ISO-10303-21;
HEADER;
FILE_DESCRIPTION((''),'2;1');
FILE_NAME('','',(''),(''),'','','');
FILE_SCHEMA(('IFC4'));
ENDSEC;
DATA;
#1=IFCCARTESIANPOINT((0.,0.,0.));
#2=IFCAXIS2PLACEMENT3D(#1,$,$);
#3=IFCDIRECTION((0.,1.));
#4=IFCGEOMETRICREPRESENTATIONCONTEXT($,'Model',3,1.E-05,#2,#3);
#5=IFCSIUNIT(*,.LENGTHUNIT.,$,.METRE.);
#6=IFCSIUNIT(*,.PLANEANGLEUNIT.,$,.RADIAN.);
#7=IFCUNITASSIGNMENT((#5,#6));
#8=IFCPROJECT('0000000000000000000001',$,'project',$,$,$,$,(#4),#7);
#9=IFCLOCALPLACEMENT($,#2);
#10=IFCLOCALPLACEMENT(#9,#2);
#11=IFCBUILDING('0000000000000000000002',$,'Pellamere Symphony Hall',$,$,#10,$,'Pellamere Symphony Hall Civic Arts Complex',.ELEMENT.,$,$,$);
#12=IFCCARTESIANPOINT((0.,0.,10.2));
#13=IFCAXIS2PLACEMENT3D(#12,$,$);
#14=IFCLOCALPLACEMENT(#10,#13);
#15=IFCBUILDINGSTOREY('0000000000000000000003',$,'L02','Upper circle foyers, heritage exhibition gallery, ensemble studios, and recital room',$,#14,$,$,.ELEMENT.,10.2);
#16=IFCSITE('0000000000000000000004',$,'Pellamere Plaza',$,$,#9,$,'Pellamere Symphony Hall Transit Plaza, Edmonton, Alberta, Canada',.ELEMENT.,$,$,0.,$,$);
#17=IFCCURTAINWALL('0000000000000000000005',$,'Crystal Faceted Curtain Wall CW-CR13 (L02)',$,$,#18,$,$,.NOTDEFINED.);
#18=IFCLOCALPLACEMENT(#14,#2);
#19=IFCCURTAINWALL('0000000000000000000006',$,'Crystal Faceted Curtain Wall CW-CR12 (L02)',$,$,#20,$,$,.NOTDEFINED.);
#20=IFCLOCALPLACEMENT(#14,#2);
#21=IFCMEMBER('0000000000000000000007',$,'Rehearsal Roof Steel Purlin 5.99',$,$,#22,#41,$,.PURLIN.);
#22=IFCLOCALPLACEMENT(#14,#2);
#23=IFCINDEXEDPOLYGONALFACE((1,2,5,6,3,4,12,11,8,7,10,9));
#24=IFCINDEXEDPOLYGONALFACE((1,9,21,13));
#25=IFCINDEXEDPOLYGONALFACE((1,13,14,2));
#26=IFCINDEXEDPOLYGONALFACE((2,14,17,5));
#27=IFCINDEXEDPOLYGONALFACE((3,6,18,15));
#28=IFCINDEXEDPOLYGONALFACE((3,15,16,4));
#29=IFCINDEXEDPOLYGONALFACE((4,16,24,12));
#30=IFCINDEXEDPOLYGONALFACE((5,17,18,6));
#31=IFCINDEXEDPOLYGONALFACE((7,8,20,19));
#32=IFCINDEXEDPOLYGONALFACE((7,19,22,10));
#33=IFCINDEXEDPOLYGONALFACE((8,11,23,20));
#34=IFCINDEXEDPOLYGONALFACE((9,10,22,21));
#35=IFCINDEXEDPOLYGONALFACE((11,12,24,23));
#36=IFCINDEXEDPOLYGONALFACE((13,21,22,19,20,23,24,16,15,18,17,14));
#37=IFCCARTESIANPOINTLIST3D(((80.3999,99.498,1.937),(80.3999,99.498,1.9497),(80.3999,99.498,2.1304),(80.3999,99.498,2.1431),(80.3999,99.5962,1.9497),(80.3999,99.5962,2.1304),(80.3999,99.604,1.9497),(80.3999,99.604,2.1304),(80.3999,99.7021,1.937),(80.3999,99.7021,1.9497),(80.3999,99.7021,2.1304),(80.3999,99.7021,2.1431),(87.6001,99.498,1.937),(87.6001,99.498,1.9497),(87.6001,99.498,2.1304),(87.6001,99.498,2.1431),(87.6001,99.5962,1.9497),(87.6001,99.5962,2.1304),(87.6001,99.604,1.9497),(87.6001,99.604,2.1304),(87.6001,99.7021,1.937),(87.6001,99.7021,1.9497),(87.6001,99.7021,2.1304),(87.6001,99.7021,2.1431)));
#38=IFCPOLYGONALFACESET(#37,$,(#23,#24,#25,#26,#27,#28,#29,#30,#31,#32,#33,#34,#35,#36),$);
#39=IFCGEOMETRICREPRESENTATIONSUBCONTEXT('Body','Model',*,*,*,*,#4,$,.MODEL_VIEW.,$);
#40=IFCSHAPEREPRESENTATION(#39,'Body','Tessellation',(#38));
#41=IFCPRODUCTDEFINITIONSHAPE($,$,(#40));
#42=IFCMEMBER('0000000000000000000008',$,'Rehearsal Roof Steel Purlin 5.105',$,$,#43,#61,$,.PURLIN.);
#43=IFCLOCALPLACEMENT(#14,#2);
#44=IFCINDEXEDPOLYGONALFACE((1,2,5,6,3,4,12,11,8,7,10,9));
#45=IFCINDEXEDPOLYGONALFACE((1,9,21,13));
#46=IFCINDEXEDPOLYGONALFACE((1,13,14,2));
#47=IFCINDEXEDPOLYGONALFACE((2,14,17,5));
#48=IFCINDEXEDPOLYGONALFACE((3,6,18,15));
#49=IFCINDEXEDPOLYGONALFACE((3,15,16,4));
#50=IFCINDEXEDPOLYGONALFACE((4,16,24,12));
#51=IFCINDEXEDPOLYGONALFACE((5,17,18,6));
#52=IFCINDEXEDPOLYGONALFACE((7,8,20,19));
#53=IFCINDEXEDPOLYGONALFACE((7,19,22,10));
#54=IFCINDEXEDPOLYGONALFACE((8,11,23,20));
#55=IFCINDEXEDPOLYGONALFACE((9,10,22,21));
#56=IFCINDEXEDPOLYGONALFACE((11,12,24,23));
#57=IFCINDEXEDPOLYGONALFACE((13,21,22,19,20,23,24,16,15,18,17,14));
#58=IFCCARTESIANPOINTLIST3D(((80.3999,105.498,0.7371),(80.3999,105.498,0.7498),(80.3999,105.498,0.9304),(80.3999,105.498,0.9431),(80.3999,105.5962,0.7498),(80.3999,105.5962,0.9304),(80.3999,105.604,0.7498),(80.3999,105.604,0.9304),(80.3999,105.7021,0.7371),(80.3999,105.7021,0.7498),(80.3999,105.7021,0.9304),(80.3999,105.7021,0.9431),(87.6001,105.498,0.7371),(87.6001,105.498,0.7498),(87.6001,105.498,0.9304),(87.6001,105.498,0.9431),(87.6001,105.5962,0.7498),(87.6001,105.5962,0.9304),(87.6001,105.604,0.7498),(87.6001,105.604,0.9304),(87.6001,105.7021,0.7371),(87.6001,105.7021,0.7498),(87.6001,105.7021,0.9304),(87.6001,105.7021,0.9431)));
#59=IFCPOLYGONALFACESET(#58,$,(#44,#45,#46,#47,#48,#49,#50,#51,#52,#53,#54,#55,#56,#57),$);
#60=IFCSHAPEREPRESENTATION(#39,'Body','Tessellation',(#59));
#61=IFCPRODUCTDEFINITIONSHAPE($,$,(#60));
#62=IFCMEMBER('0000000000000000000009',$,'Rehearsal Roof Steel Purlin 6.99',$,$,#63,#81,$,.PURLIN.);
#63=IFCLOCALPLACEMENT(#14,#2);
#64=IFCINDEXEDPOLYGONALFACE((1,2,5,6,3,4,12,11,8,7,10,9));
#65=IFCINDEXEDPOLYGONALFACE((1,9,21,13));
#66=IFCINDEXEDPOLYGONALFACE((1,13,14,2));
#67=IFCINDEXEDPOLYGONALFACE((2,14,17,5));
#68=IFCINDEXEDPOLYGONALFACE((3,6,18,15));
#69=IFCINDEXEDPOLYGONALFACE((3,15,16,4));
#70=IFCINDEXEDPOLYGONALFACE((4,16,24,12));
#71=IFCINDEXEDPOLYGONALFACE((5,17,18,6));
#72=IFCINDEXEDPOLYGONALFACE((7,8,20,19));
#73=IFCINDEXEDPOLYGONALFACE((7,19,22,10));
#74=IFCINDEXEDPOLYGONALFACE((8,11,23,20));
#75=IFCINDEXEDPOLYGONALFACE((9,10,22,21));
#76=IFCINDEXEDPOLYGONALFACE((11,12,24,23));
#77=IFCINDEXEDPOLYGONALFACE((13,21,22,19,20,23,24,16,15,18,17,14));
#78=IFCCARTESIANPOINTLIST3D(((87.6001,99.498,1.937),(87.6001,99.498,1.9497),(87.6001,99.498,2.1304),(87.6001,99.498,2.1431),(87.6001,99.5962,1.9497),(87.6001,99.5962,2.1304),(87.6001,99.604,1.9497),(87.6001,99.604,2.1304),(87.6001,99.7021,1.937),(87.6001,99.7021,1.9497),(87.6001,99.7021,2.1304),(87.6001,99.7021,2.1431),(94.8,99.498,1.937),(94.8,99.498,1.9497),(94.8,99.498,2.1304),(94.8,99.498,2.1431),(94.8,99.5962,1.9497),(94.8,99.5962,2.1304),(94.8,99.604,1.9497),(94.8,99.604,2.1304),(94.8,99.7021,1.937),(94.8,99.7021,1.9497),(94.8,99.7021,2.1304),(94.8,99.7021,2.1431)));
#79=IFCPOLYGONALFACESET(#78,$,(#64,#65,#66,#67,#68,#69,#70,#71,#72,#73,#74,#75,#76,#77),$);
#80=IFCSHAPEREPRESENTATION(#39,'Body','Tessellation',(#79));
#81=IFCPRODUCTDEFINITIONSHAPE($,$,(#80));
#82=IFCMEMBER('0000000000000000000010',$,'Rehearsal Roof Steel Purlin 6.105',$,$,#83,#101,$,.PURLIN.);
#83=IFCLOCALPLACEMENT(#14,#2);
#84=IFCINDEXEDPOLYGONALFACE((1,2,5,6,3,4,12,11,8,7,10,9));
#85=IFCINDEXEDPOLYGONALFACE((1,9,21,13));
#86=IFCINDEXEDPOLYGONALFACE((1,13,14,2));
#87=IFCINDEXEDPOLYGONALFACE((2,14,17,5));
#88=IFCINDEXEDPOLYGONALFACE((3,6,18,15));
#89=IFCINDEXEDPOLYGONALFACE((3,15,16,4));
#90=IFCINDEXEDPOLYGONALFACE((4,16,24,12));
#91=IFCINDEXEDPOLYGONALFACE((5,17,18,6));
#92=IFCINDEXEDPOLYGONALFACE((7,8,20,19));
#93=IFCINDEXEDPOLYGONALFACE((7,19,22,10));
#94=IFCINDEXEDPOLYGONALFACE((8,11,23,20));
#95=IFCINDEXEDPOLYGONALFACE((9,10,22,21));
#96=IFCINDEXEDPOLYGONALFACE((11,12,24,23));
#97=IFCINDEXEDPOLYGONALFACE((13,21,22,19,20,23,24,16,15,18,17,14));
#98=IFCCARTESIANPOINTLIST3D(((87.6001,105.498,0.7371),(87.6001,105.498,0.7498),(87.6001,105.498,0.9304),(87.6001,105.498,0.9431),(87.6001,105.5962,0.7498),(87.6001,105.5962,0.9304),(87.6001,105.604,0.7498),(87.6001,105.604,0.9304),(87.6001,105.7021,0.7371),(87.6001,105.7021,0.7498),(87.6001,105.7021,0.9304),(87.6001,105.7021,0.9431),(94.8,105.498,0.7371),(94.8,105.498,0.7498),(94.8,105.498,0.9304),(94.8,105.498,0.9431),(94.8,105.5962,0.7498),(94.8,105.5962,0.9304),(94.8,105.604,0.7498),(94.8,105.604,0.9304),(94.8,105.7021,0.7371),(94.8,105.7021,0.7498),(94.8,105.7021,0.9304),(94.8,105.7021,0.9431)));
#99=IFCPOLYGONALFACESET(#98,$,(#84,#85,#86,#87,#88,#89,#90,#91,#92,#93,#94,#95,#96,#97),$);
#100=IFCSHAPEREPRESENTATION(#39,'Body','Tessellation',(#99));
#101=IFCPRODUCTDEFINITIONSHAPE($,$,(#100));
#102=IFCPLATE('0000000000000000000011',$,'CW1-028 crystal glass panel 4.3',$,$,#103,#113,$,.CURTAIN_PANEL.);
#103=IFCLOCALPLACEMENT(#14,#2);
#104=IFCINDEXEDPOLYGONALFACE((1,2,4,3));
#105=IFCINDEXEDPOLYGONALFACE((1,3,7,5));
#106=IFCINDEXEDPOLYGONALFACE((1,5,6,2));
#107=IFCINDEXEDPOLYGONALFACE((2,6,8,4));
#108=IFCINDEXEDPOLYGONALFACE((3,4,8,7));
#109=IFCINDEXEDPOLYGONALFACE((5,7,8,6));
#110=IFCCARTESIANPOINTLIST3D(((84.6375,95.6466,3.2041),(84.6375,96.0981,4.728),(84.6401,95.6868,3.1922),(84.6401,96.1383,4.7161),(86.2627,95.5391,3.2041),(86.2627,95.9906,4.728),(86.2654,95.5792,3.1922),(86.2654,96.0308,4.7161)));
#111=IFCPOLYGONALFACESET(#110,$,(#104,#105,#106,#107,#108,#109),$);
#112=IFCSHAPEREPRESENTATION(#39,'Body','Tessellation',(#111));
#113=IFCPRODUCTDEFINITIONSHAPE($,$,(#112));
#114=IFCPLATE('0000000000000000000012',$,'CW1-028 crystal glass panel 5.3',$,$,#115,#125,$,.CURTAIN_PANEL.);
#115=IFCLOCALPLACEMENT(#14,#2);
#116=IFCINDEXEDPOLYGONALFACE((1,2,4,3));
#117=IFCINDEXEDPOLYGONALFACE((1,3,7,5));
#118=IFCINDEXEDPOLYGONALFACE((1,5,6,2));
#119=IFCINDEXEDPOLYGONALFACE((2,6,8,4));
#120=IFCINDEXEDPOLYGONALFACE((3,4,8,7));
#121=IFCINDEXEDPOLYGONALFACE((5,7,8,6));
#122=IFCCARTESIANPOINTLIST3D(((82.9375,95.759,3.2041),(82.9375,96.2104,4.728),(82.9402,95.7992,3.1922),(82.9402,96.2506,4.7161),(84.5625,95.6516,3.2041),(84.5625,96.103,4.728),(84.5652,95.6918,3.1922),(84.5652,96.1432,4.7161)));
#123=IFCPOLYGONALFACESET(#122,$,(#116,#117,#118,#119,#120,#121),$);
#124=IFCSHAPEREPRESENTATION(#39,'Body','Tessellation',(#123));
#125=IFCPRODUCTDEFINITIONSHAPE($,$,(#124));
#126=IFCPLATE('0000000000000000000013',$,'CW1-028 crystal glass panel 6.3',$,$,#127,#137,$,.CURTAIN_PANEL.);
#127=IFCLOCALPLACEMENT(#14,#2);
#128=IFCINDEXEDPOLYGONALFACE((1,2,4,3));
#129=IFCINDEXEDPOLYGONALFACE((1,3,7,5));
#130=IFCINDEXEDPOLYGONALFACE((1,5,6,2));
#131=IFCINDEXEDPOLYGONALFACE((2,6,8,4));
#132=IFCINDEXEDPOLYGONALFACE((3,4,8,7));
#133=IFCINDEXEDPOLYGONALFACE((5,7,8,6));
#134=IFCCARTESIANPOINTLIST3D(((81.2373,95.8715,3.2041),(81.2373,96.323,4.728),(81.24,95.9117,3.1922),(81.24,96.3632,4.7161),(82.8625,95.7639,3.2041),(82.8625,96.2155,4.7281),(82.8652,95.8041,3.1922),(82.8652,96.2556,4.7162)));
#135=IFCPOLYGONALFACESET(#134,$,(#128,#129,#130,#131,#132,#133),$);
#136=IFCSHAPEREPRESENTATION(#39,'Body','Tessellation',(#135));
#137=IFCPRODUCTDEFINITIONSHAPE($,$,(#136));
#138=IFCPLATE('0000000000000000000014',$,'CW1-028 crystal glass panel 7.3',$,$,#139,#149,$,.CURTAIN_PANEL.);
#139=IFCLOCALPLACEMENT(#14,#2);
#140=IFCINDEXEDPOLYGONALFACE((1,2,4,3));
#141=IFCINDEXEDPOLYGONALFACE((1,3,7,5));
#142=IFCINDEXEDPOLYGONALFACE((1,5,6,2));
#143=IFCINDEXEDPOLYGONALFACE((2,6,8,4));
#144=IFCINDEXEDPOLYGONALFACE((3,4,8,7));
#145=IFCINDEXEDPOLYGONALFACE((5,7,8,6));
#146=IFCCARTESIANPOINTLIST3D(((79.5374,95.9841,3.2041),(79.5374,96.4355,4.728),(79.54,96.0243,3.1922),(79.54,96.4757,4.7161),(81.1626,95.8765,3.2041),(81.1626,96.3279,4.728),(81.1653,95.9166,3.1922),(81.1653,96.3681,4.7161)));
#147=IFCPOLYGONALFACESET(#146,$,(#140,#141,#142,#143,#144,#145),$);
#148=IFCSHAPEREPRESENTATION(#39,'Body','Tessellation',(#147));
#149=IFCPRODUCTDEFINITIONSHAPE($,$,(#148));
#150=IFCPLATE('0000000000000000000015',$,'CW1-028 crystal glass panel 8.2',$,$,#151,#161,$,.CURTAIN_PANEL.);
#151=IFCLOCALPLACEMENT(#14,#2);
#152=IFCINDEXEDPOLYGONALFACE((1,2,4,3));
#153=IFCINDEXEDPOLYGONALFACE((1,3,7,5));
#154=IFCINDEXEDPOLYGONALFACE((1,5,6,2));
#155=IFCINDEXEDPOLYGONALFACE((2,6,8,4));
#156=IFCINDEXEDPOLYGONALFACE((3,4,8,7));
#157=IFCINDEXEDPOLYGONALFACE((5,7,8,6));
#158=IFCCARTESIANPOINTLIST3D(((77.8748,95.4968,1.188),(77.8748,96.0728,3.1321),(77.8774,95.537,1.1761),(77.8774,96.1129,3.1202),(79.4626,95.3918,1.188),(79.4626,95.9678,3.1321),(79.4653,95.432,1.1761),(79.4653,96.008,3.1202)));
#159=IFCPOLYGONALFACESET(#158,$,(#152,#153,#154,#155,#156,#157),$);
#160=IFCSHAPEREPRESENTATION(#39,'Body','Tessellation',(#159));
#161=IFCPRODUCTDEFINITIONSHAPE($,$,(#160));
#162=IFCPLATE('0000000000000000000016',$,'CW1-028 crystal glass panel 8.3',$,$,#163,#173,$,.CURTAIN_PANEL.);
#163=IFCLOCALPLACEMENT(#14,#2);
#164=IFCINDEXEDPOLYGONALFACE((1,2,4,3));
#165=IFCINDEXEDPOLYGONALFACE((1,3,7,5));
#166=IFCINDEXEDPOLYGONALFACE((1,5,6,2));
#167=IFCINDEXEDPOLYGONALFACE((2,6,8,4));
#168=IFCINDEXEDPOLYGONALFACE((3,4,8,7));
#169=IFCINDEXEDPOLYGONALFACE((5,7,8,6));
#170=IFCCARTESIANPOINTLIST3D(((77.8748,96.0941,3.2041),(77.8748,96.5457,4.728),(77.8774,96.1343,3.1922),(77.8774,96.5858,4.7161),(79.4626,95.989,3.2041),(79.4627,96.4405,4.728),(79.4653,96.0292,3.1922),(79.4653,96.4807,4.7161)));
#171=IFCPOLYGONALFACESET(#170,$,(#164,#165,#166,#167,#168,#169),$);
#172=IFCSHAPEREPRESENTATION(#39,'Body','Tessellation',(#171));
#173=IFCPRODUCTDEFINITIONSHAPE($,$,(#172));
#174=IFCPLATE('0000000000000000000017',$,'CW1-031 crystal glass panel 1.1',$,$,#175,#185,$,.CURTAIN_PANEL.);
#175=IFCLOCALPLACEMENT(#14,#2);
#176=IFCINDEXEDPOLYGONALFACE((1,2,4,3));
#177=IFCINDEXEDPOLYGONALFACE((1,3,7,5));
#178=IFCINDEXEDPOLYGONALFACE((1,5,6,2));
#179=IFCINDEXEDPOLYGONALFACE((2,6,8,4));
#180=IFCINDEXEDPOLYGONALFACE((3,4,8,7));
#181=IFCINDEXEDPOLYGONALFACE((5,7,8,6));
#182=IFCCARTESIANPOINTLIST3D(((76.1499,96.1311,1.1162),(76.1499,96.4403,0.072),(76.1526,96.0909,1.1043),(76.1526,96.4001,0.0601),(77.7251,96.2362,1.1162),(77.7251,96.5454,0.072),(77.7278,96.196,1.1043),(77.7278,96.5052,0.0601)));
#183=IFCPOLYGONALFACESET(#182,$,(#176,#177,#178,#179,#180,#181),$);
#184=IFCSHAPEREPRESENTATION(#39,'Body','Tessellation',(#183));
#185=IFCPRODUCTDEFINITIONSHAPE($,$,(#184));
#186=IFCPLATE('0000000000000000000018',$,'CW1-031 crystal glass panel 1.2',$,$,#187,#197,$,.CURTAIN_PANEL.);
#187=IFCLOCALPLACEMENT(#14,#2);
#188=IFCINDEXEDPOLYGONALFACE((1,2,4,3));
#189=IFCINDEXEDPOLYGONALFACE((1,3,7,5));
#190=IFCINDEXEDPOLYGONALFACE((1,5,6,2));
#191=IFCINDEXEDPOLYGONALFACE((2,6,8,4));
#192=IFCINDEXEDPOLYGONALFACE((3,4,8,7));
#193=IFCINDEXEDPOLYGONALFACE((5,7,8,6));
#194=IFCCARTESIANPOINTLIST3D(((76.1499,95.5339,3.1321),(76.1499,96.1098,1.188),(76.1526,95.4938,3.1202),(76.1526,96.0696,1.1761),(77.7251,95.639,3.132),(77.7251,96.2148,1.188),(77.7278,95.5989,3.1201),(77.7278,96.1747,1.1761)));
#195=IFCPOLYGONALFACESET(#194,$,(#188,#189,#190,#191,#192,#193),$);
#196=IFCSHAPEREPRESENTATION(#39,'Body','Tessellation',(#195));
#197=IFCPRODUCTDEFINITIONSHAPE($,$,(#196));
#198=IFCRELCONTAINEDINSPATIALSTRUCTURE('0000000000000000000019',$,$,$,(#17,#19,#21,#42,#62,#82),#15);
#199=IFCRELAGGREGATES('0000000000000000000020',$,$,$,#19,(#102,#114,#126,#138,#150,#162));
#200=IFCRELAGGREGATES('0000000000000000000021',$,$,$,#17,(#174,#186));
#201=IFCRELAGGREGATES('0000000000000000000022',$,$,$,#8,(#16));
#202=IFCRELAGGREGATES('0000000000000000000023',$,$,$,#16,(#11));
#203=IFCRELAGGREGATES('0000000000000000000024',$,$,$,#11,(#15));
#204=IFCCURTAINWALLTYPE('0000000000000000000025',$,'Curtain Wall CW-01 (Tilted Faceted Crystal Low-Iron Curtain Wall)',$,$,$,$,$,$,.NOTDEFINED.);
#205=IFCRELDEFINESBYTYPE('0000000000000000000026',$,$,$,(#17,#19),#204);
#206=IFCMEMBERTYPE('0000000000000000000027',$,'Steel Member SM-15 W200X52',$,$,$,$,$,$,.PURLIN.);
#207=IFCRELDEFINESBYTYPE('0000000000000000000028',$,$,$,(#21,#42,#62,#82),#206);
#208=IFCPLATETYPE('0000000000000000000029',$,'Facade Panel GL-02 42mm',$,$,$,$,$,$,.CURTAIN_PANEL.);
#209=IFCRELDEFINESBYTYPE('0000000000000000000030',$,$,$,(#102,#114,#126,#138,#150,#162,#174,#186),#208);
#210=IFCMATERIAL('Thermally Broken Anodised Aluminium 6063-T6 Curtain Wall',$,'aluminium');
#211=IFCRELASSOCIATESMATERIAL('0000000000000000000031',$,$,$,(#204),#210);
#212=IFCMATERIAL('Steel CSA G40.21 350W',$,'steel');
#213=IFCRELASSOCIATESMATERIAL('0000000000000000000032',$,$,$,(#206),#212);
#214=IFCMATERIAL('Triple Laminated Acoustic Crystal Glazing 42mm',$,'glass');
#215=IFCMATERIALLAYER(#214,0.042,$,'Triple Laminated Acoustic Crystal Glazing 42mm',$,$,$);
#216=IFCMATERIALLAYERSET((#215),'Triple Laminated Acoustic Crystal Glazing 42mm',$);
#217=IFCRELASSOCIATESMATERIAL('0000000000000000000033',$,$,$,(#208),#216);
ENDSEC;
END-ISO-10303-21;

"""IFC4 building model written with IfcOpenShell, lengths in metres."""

from ifc_helpers import new_model, si_unit, direction, frame, origin, origin_2d, place, context, subcontext, project, spatial, polyline, i_section, outline, extrude, material, layer, layer_set, material_profile, profile_set, type_object, element, aggregate, save


model = new_model("IFC4")

# Units and contexts
model_context = context("Model", 3, precision=1e-05, world=origin(), true_north=direction((0.0, 1.0)))
body_context = subcontext(model_context, "Body", "Model", "MODEL_VIEW")
ifc_project = project(units=[si_unit("LENGTHUNIT", "METRE"), si_unit("PLANEANGLEUNIT", "RADIAN")], contexts=[model_context])

# Site, building, storey
site_placement = place(None, origin())
site = spatial("IfcSite", under=ifc_project, at=site_placement, Name="Pellamere Plaza", LongName="Pellamere Symphony Hall Transit Plaza, Edmonton, Alberta, Canada", CompositionType="ELEMENT", RefElevation=0.0)
building_placement = place(site_placement, origin())
building = spatial("IfcBuilding", under=site, at=building_placement, Name="Pellamere Symphony Hall", LongName="Pellamere Symphony Hall Civic Arts Complex", CompositionType="ELEMENT")
storey_placement = place(building_placement, frame((0.0, 0.0, 10.2)))
storey = spatial("IfcBuildingStorey", under=building, at=storey_placement, Name="L02", Description="Upper circle foyers, heritage exhibition gallery, ensemble studios, and recital room", CompositionType="ELEMENT", Elevation=10.2)

# Curtain walls
ifc_material_1 = material(Name="Thermally Broken Anodised Aluminium 6063-T6 Curtain Wall", Category="aluminium")
curtain_wall_type = type_object("IfcCurtainWallType", Name="Curtain Wall CW-01 (Tilted Faceted Crystal Low-Iron Curtain Wall)", PredefinedType="NOTDEFINED", material=ifc_material_1)
curtain_wall_1_placement = place(storey_placement, origin())
curtain_wall_1 = element("IfcCurtainWall", 1, at=curtain_wall_1_placement, inside=storey, type_object=curtain_wall_type, Name="Crystal Faceted Curtain Wall CW-CR13 (L02)", PredefinedType="NOTDEFINED")
curtain_wall_2_placement = place(storey_placement, origin())
curtain_wall_2 = element("IfcCurtainWall", 2, at=curtain_wall_2_placement, inside=storey, type_object=curtain_wall_type, Name="Crystal Faceted Curtain Wall CW-CR12 (L02)", PredefinedType="NOTDEFINED")

# Members
ifc_material_2 = material(Name="Steel CSA G40.21 350W", Category="steel")
ifc_material_profile_1 = material_profile(ifc_material_2, i_section(OverallWidth=0.2041, OverallDepth=0.2061, WebThickness=0.0078, FlangeThickness=0.0127, at=origin_2d()), Name="W200X52")
ifc_profile_set_1 = profile_set([ifc_material_profile_1], Name="Steel CSA G40.21 350W")
member_type_1 = type_object("IfcMemberType", Name="Steel Member SM-15 W200X52", PredefinedType="PURLIN", material=ifc_profile_set_1)
for number, where, z_axis, x_axis, name in (
    (3, (80.3999, 99.6001, 2.04), (1.0, 0.0, 0.0), (0.0, 1.0, 0.0), "Rehearsal Roof Steel Purlin 5.99"),
    (4, (80.3999, 105.6001, 0.8401), (1.0, 0.0, 0.0), (0.0, 1.0, 0.0), "Rehearsal Roof Steel Purlin 5.105"),
):
    element("IfcMember", number, at=place(storey_placement, frame(where, z_axis=z_axis, x_axis=x_axis)), inside=storey, type_object=member_type_1, Name=name, PredefinedType="PURLIN", context=body_context, shape_type="SweptSolid", body=[
        extrude(i_section(OverallWidth=0.2041, OverallDepth=0.2061, WebThickness=0.0078, FlangeThickness=0.0127, at=origin_2d()), origin(), (0.0, 0.0, 1.0), 7.2002),
    ])
for number, where, z_axis, x_axis, name in (
    (5, (87.6001, 99.6001, 2.04), (1.0, 0.0, 0.0), (0.0, 1.0, 0.0), "Rehearsal Roof Steel Purlin 6.99"),
    (6, (87.6001, 105.6001, 0.8401), (1.0, 0.0, 0.0), (0.0, 1.0, 0.0), "Rehearsal Roof Steel Purlin 6.105"),
):
    element("IfcMember", number, at=place(storey_placement, frame(where, z_axis=z_axis, x_axis=x_axis)), inside=storey, type_object=member_type_1, Name=name, PredefinedType="PURLIN", context=body_context, shape_type="SweptSolid", body=[
        extrude(i_section(OverallWidth=0.2041, OverallDepth=0.2061, WebThickness=0.0078, FlangeThickness=0.0127, at=origin_2d()), origin(), (0.0, 0.0, 1.0), 7.2),
    ])

# Plates
ifc_material_3 = material(Name="Triple Laminated Acoustic Crystal Glazing 42mm", Category="glass")
ifc_layer = layer(ifc_material_3, 0.042, Name="Triple Laminated Acoustic Crystal Glazing 42mm")
ifc_layer_set = layer_set([ifc_layer], Name="Triple Laminated Acoustic Crystal Glazing 42mm")
plate_type = type_object("IfcPlateType", Name="Facade Panel GL-02 42mm", PredefinedType="CURTAIN_PANEL", material=ifc_layer_set)
plate_1_placement = place(storey_placement, frame((86.2627, 95.5391, 3.2041), z_axis=(-0.063317, -0.956873, 0.283521), x_axis=(-0.997818, 0.066021, -0.00002)))
plate_1 = element("IfcPlate", 7, at=plate_1_placement, type_object=plate_type, Name="CW1-028 crystal glass panel 4.3", PredefinedType="CURTAIN_PANEL", context=body_context, shape_type="SweptSolid", body=[
    extrude(outline(polyline([(0.0, 0.0), (1.6288, 0.0), (1.6586, -1.5892), (0.0298, -1.5891), (0.0, 0.0)])), origin(), (0.0, 0.0, -1.0), 0.042),
])
plate_2_placement = place(storey_placement, frame((84.5625, 95.6516, 3.2041), z_axis=(-0.063256, -0.956898, 0.283452), x_axis=(-0.997822, 0.065962, 0.0)))
plate_2 = element("IfcPlate", 8, at=plate_2_placement, type_object=plate_type, Name="CW1-028 crystal glass panel 5.3", PredefinedType="CURTAIN_PANEL", context=body_context, shape_type="SweptSolid", body=[
    extrude(outline(polyline([(0.0, 0.0), (1.6285, 0.0), (1.6583, -1.5891), (0.0298, -1.5891), (0.0, 0.0)])), origin(), (0.0, 0.0, -1.0), 0.042),
])
plate_3_placement = place(storey_placement, frame((82.8625, 95.7639, 3.2041), z_axis=(-0.063317, -0.956873, 0.283521), x_axis=(-0.997817, 0.066033, 0.00002)))
plate_3 = element("IfcPlate", 9, at=plate_3_placement, type_object=plate_type, Name="CW1-028 crystal glass panel 6.3", PredefinedType="CURTAIN_PANEL", context=body_context, shape_type="SweptSolid", body=[
    extrude(outline(polyline([(0.0, 0.0), (1.6288, 0.0), (1.6586, -1.5891), (0.0299, -1.5892), (0.0, 0.0)])), origin(), (0.0, 0.0, -1.0), 0.042),
])
plate_4_placement = place(storey_placement, frame((81.1626, 95.8765, 3.2041), z_axis=(-0.06339, -0.95689, 0.283449), x_axis=(-0.997813, 0.066101, 0.0)))
plate_4 = element("IfcPlate", 10, at=plate_4_placement, type_object=plate_type, Name="CW1-028 crystal glass panel 7.3", PredefinedType="CURTAIN_PANEL", context=body_context, shape_type="SweptSolid", body=[
    extrude(outline(polyline([(0.0, 0.0), (1.6288, 0.0), (1.6586, -1.5891), (0.0298, -1.5891), (0.0, 0.0)])), origin(), (0.0, 0.0, -1.0), 0.042),
])
plate_5_placement = place(storey_placement, frame((79.4626, 95.3918, 1.188), z_axis=(-0.063263, -0.956891, 0.283474), x_axis=(-0.997822, 0.065969, 0.0)))
plate_5 = element("IfcPlate", 11, at=plate_5_placement, type_object=plate_type, Name="CW1-028 crystal glass panel 8.2", PredefinedType="CURTAIN_PANEL", context=body_context, shape_type="SweptSolid", body=[
    extrude(outline(polyline([(0.0, 0.0), (1.5914, 0.0), (1.6294, -2.0272), (0.038, -2.0272), (0.0, 0.0)])), origin(), (0.0, 0.0, -1.0), 0.042),
])
plate_6_placement = place(storey_placement, frame((79.4626, 95.989, 3.2041), z_axis=(-0.063335, -0.956872, 0.283521), x_axis=(-0.997817, 0.066039, -0.000021)))
plate_6 = element("IfcPlate", 12, at=plate_6_placement, type_object=plate_type, Name="CW1-028 crystal glass panel 8.3", PredefinedType="CURTAIN_PANEL", context=body_context, shape_type="SweptSolid", body=[
    extrude(outline(polyline([(0.0, 0.0), (1.5914, 0.0), (1.6212, -1.5892), (0.0298, -1.5891), (0.0, 0.0)])), origin(), (0.0, 0.0, -1.0), 0.042),
])
aggregate(curtain_wall_2, [plate_1, plate_2, plate_3, plate_4, plate_5, plate_6])
plate_7_placement = place(storey_placement, frame((77.7251, 96.5454, 0.072), z_axis=(-0.063847, 0.956888, 0.283353), x_axis=(-0.997782, -0.066569, -0.000021)))
plate_7 = element("IfcPlate", 13, at=plate_7_placement, type_object=plate_type, Name="CW1-031 crystal glass panel 1.1", PredefinedType="CURTAIN_PANEL", context=body_context, shape_type="SweptSolid", body=[
    extrude(outline(polyline([(0.0, 0.0), (1.5787, 0.0), (1.5993, 1.0888), (0.0206, 1.0888), (0.0, 0.0)])), origin(), (0.0, 0.0, -1.0), 0.042),
])
plate_8_placement = place(storey_placement, frame((77.7251, 96.2148, 1.188), z_axis=(-0.063846, 0.956872, 0.283408), x_axis=(-0.997782, -0.066569, -0.000021)))
plate_8 = element("IfcPlate", 14, at=plate_8_placement, type_object=plate_type, Name="CW1-031 crystal glass panel 1.2", PredefinedType="CURTAIN_PANEL", context=body_context, shape_type="SweptSolid", body=[
    extrude(outline(polyline([(0.0, 0.0), (1.5787, 0.0), (1.617, 2.0272), (0.0383, 2.0272), (0.0, 0.0)])), origin(), (0.0, 0.0, -1.0), 0.042),
])
aggregate(curtain_wall_1, [plate_7, plate_8])

save(model, "model.ifc")
